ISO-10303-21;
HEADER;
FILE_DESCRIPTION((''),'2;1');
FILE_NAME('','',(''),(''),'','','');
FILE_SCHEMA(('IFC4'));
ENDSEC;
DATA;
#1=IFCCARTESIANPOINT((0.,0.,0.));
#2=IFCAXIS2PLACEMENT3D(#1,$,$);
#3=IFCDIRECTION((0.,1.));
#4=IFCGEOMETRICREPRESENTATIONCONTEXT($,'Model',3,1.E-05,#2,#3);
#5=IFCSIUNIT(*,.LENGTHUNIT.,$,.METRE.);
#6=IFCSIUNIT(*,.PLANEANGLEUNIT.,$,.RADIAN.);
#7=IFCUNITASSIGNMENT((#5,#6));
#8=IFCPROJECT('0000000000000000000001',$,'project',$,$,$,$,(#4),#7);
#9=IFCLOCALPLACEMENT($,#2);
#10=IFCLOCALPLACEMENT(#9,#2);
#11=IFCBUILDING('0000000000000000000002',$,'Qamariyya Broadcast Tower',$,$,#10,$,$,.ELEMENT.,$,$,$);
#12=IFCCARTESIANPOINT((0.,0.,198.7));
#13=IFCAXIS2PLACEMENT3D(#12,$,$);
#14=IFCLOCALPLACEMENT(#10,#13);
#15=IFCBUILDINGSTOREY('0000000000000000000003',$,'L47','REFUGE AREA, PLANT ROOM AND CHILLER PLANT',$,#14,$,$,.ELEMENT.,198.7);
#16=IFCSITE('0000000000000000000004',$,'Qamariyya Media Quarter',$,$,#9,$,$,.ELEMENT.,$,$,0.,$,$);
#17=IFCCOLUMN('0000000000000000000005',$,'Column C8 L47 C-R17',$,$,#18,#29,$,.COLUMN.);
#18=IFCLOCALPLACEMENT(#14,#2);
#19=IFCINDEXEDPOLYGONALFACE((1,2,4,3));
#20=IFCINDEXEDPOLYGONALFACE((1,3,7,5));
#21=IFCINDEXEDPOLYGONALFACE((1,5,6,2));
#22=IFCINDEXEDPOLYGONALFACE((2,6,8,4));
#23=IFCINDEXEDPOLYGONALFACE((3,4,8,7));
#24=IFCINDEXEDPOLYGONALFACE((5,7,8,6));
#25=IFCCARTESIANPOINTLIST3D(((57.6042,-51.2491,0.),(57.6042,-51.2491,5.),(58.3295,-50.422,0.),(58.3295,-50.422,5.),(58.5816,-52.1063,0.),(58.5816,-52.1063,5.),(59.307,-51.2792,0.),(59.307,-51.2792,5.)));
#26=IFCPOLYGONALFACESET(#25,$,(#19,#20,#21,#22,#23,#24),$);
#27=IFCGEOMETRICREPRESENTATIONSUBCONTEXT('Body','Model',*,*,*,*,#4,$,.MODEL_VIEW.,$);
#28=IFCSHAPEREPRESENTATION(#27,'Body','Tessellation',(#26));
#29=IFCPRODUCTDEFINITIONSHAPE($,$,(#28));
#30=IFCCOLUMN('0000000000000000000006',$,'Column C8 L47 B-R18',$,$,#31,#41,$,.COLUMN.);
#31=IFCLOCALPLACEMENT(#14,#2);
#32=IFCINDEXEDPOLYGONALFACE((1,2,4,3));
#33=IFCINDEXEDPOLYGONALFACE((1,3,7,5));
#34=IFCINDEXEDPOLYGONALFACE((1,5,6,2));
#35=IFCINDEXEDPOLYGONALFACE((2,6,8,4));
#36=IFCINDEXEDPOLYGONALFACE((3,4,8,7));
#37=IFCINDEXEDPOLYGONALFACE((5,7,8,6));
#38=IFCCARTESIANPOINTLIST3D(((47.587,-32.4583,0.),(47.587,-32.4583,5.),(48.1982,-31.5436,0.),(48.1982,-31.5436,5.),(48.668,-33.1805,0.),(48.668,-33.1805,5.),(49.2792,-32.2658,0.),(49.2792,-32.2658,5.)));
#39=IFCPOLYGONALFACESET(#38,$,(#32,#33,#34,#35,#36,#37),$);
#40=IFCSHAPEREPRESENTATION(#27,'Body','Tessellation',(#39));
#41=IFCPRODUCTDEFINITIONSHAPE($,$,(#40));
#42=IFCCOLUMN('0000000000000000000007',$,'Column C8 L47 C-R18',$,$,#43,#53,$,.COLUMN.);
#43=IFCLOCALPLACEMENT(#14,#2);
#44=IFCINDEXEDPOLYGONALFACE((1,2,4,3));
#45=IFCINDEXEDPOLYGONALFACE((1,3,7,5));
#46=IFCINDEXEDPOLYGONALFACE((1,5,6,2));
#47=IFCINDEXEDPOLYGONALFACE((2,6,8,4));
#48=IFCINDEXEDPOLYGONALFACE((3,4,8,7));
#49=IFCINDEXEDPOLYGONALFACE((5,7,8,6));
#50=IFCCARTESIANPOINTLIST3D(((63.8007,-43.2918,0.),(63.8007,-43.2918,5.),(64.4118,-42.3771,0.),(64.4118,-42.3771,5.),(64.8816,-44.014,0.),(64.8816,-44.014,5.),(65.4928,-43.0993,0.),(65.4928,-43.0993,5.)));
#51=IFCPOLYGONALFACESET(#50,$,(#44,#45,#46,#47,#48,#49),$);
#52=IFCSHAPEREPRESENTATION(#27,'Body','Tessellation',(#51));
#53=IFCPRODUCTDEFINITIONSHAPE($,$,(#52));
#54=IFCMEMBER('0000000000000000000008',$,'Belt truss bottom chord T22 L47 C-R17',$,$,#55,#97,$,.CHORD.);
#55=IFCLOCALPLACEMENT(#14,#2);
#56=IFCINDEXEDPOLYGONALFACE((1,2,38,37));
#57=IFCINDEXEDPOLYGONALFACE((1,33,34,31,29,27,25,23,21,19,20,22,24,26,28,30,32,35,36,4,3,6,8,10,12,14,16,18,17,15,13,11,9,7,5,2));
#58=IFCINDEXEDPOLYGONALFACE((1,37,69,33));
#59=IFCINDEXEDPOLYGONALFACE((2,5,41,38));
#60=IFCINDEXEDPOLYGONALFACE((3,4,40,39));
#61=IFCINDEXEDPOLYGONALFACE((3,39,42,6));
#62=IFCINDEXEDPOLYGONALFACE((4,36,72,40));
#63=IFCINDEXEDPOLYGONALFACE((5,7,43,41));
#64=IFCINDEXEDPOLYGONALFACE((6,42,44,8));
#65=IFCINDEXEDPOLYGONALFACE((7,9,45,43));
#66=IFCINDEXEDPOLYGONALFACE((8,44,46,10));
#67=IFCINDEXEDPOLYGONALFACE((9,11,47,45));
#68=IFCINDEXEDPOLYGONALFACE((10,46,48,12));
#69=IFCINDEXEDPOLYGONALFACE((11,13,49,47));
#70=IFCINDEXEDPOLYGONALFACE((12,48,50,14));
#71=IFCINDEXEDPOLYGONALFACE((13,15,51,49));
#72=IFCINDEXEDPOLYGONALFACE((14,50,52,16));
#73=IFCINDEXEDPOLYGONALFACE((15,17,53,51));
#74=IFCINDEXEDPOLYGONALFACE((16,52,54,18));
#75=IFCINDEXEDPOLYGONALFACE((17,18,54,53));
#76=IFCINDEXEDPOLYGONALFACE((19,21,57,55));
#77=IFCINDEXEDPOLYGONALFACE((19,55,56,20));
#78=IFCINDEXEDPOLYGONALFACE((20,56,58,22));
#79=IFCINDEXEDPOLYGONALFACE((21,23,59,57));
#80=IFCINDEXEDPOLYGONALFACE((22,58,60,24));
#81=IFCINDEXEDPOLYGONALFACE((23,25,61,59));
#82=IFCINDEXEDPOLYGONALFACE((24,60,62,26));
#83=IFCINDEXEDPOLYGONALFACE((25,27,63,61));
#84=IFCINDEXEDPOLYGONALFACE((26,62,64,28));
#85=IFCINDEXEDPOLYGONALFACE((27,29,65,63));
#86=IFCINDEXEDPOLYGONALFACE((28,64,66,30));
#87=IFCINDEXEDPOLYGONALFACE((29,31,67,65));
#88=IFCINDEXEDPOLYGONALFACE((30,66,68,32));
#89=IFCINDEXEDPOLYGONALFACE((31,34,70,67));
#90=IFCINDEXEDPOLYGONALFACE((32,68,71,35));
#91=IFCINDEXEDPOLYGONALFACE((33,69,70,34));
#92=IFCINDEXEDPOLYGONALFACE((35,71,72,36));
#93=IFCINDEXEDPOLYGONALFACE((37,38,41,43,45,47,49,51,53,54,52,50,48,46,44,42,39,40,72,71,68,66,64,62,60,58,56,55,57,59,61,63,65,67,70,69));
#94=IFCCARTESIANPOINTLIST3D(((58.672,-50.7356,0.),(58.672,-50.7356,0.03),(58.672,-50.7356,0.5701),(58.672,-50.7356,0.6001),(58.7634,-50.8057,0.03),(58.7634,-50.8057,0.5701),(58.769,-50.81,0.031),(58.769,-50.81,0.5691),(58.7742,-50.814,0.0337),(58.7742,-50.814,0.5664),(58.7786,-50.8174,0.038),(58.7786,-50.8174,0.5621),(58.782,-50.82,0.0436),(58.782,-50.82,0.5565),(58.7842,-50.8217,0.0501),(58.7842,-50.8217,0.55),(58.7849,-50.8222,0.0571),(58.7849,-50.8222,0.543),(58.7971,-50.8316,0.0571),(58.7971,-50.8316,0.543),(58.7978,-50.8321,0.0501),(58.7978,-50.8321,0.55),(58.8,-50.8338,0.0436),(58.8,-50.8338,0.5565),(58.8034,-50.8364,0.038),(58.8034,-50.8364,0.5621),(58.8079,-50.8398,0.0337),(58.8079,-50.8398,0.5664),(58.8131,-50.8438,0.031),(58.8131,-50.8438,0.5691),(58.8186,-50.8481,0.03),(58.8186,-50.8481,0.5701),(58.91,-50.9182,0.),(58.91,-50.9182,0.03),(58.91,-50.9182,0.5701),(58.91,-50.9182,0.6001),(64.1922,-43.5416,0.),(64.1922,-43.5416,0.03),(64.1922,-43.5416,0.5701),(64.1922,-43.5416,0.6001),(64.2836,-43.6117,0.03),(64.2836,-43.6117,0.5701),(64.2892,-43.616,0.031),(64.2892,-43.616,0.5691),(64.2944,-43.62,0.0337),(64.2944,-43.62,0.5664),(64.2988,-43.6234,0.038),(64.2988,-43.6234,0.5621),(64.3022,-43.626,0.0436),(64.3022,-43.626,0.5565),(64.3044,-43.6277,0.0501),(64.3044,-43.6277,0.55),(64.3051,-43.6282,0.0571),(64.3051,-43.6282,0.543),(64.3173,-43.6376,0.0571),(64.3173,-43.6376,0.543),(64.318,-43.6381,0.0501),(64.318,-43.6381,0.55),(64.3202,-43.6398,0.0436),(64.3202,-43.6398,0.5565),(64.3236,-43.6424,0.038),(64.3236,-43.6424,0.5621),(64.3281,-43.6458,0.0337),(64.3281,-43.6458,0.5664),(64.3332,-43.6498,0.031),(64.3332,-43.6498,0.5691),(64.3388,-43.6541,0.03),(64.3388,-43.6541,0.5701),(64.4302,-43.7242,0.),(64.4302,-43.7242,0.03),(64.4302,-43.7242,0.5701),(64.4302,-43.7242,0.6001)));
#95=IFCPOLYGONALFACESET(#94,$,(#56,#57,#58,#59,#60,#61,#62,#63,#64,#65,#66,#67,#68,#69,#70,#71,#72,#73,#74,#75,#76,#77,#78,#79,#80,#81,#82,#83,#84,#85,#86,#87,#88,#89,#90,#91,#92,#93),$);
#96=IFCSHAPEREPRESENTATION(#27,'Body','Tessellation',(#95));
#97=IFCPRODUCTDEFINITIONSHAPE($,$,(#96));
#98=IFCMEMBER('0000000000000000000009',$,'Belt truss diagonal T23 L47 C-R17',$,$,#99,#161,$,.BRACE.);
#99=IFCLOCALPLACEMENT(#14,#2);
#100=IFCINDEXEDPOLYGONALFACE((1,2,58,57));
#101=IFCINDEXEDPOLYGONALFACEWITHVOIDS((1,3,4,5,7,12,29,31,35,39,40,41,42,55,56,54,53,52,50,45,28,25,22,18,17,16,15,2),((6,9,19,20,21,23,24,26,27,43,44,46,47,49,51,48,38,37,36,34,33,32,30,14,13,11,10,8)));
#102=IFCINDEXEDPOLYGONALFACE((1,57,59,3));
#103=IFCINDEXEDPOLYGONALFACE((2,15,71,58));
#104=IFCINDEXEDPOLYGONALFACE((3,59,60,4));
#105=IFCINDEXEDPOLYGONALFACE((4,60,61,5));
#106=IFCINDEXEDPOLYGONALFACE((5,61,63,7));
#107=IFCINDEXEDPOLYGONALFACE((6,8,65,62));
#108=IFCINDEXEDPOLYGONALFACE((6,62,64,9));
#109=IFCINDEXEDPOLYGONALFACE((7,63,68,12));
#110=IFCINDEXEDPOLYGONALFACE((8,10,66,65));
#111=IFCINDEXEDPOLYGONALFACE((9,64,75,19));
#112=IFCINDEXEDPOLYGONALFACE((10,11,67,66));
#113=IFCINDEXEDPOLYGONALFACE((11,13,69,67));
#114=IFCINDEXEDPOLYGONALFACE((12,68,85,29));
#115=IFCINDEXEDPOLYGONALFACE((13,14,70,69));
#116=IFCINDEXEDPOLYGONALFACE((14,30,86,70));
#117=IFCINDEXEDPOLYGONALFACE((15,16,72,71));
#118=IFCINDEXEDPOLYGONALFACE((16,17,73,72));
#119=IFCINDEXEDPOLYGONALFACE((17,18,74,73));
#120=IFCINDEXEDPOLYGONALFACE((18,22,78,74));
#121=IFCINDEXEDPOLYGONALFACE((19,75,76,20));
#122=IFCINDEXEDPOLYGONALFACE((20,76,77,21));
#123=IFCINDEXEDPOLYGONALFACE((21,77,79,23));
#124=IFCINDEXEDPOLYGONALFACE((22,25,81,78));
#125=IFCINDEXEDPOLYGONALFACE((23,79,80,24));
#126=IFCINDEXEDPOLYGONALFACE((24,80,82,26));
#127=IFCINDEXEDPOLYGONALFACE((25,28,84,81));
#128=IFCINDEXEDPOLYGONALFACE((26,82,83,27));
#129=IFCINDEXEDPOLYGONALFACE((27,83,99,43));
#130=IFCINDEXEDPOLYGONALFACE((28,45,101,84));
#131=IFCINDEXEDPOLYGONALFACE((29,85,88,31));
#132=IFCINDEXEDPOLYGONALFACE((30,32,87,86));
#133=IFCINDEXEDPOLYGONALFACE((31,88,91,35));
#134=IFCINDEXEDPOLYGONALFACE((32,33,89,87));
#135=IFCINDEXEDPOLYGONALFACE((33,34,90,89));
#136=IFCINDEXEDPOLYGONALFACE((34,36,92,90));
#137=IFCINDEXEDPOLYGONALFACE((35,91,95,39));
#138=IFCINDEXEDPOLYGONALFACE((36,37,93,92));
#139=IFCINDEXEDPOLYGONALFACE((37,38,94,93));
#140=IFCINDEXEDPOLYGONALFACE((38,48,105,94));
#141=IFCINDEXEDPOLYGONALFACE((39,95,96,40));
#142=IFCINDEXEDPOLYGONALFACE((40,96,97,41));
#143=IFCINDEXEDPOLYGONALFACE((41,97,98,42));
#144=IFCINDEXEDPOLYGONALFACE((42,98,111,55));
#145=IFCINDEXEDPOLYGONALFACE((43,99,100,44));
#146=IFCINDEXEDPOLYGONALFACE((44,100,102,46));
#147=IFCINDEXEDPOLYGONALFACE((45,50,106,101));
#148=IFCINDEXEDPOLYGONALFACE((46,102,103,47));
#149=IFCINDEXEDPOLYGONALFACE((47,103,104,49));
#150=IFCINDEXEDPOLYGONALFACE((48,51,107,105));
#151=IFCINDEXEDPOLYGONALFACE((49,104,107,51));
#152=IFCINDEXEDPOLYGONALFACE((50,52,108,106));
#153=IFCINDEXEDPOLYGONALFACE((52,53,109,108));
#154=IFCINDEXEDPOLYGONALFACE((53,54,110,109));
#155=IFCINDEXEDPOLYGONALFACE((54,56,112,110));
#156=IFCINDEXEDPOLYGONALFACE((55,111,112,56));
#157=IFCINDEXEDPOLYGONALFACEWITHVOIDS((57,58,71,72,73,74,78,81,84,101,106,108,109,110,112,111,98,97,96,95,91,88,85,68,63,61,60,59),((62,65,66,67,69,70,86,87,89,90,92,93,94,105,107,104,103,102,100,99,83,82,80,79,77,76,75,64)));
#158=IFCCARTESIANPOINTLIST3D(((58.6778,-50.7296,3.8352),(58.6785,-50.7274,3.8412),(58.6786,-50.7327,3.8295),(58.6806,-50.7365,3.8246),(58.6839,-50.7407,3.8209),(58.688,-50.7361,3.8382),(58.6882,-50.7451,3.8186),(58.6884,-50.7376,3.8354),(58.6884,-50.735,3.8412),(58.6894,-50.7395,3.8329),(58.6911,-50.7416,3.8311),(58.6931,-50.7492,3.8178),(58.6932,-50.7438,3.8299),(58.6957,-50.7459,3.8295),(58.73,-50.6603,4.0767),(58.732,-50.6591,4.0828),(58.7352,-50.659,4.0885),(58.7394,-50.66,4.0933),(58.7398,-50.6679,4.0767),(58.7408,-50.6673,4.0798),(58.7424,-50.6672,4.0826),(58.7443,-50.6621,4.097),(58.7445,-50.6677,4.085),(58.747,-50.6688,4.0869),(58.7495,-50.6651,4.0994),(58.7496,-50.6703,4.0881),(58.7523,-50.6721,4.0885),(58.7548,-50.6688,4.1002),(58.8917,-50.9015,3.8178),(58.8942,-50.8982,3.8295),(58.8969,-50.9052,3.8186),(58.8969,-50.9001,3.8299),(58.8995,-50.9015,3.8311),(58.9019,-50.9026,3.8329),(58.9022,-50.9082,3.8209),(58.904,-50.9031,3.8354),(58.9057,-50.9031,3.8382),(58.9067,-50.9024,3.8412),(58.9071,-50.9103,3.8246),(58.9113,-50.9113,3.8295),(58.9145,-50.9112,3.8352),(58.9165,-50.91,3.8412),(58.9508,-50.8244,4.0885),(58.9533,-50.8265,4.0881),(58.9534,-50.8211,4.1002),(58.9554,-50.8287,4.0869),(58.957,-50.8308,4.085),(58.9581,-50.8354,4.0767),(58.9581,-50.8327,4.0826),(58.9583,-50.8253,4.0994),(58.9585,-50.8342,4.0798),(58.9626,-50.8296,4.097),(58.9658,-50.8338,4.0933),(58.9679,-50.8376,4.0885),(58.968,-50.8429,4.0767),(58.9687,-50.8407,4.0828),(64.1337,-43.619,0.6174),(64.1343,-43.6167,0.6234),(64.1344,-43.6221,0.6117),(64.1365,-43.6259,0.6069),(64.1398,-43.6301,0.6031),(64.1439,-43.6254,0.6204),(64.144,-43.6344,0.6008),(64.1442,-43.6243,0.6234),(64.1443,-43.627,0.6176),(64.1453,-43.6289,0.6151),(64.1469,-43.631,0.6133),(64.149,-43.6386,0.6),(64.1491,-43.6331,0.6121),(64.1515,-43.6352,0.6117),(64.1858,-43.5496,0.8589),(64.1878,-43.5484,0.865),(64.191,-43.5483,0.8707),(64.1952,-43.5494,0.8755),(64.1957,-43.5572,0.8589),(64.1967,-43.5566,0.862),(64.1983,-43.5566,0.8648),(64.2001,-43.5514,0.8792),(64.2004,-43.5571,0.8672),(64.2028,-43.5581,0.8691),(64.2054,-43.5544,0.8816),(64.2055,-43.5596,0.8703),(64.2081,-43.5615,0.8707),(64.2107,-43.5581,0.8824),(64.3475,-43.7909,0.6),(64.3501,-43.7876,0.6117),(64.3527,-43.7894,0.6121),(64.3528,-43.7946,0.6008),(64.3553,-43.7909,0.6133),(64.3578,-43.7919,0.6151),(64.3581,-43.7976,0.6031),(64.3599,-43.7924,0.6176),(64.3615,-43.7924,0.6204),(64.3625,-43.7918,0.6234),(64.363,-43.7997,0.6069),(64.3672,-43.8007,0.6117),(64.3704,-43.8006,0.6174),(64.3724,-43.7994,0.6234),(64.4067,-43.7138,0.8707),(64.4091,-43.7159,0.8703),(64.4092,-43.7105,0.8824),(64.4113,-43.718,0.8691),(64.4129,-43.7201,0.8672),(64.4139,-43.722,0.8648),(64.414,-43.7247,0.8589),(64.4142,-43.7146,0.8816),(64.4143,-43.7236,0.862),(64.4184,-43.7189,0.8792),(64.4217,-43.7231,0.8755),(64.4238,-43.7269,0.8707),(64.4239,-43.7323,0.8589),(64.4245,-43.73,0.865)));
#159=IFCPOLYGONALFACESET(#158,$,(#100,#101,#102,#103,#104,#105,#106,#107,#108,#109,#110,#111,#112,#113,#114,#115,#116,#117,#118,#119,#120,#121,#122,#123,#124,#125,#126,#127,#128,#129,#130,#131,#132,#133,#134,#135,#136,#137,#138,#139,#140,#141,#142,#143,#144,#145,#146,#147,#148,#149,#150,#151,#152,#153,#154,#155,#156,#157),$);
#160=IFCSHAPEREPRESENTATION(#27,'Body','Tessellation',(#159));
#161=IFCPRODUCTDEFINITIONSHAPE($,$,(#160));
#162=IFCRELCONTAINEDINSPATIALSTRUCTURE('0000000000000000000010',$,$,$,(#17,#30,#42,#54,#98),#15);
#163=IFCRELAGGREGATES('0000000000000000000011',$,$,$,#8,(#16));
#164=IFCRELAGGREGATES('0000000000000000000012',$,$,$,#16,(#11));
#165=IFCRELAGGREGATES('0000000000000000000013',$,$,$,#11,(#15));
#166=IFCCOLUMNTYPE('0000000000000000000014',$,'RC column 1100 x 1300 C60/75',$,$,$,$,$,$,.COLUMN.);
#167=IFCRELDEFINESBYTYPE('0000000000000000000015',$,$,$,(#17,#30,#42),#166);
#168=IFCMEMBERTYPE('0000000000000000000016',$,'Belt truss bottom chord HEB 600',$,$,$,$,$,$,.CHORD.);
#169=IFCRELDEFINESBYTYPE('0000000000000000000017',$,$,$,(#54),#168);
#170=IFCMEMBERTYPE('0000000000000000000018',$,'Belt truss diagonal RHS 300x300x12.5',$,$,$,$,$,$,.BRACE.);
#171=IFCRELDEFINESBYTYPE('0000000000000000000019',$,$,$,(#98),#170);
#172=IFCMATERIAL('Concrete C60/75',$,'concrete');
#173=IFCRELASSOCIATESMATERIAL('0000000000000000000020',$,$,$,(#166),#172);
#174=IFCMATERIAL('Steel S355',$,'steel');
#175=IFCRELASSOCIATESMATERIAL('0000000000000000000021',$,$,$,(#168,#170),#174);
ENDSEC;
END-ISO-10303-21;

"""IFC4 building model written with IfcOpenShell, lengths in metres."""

from ifc_helpers import new_model, si_unit, direction, frame, origin, origin_2d, place, context, subcontext, project, spatial, rectangle, hollow_rectangle, i_section, extrude, material, material_profile, profile_set, type_object, element, save


model = new_model("IFC4")

# Units and contexts
model_context = context("Model", 3, precision=1e-05, world=origin(), true_north=direction((0.0, 1.0)))
body_context = subcontext(model_context, "Body", "Model", "MODEL_VIEW")
ifc_project = project(units=[si_unit("LENGTHUNIT", "METRE"), si_unit("PLANEANGLEUNIT", "RADIAN")], contexts=[model_context])

# Site, building, storey
site_placement = place(None, origin())
site = spatial("IfcSite", under=ifc_project, at=site_placement, Name="Qamariyya Media Quarter", CompositionType="ELEMENT", RefElevation=0.0)
building_placement = place(site_placement, origin())
building = spatial("IfcBuilding", under=site, at=building_placement, Name="Qamariyya Broadcast Tower", CompositionType="ELEMENT")
storey_placement = place(building_placement, frame((0.0, 0.0, 198.7)))
storey = spatial("IfcBuildingStorey", under=building, at=storey_placement, Name="L47", Description="REFUGE AREA, PLANT ROOM AND CHILLER PLANT", CompositionType="ELEMENT", Elevation=198.7)

# Columns
ifc_material_1 = material(Name="Concrete C60/75", Category="concrete")
ifc_material_profile_1 = material_profile(ifc_material_1, rectangle(XDim=1.1001, YDim=1.3, at=origin_2d()))
ifc_profile_set_1 = profile_set([ifc_material_profile_1], Name="Concrete C60/75")
column_type = type_object("IfcColumnType", Name="RC column 1100 x 1300 C60/75", PredefinedType="COLUMN", material=ifc_profile_set_1)
for number, where, z_axis, x_axis, name in (
    (1, (58.4556, -51.2642, 0.0), (0.0, 0.0, 1.0), (0.659346, 0.75184, 0.0), "Column C8 L47 C-R17"),
    (2, (48.4331, -32.3621, 0.0), (0.0, 0.0, 1.0), (0.55557, 0.83147, 0.0), "Column C8 L47 B-R18"),
    (3, (64.6467, -43.1956, 0.0), (0.0, 0.0, 1.0), (0.55557, 0.83147, 0.0), "Column C8 L47 C-R18"),
):
    element("IfcColumn", number, at=place(storey_placement, frame(where, z_axis=z_axis, x_axis=x_axis)), inside=storey, type_object=column_type, Name=name, PredefinedType="COLUMN", context=body_context, shape_type="SweptSolid", body=[
        extrude(rectangle(XDim=1.1001, YDim=1.3, at=origin_2d()), origin(), (0.0, 0.0, 1.0), 5.0),
    ])

# Members
ifc_material_2 = material(Name="Steel S355", Category="steel")
ifc_material_profile_2 = material_profile(ifc_material_2, i_section(OverallWidth=0.3, OverallDepth=0.6001, WebThickness=0.0154, FlangeThickness=0.03, FilletRadius=0.0271, at=origin_2d()))
ifc_profile_set_2 = profile_set([ifc_material_profile_2], Name="Steel S355")
member_type_1 = type_object("IfcMemberType", Name="Belt truss bottom chord HEB 600", PredefinedType="CHORD", material=ifc_profile_set_2)
member_1_placement = place(storey_placement, frame((58.791, -50.8269, 0.3), z_axis=(0.608764, 0.793351, 0.0), x_axis=(-0.793351, 0.608764, 0.0)))
element("IfcMember", 4, at=member_1_placement, inside=storey, type_object=member_type_1, Name="Belt truss bottom chord T22 L47 C-R17", PredefinedType="CHORD", context=body_context, shape_type="SweptSolid", body=[
    extrude(i_section(OverallWidth=0.3, OverallDepth=0.6001, WebThickness=0.0154, FlangeThickness=0.03, FilletRadius=0.0271, at=origin_2d()), origin(), (0.0, 0.0, 1.0), 9.0679),
])
ifc_material_profile_3 = material_profile(ifc_material_2, hollow_rectangle(XDim=0.3, YDim=0.3, WallThickness=0.0125, InnerFilletRadius=0.0125, OuterFilletRadius=0.0249, at=origin_2d()))
ifc_profile_set_3 = profile_set([ifc_material_profile_3], Name="Steel S355")
member_type_2 = type_object("IfcMemberType", Name="Belt truss diagonal RHS 300x300x12.5", PredefinedType="BRACE", material=ifc_profile_set_3)
member_2_placement = place(storey_placement, frame((58.8232, -50.7852, 3.959), z_axis=(0.572931, 0.746705, -0.337908), x_axis=(-0.793372, 0.608737, 0.0)))
element("IfcMember", 5, at=member_2_placement, inside=storey, type_object=member_type_2, Name="Belt truss diagonal T23 L47 C-R17", PredefinedType="BRACE", context=body_context, shape_type="SweptSolid", body=[
    extrude(hollow_rectangle(XDim=0.3, YDim=0.3, WallThickness=0.0125, InnerFilletRadius=0.0125, OuterFilletRadius=0.0249, at=origin_2d()), origin(), (0.0, 0.0, 1.0), 9.5227),
])

save(model, "model.ifc")
